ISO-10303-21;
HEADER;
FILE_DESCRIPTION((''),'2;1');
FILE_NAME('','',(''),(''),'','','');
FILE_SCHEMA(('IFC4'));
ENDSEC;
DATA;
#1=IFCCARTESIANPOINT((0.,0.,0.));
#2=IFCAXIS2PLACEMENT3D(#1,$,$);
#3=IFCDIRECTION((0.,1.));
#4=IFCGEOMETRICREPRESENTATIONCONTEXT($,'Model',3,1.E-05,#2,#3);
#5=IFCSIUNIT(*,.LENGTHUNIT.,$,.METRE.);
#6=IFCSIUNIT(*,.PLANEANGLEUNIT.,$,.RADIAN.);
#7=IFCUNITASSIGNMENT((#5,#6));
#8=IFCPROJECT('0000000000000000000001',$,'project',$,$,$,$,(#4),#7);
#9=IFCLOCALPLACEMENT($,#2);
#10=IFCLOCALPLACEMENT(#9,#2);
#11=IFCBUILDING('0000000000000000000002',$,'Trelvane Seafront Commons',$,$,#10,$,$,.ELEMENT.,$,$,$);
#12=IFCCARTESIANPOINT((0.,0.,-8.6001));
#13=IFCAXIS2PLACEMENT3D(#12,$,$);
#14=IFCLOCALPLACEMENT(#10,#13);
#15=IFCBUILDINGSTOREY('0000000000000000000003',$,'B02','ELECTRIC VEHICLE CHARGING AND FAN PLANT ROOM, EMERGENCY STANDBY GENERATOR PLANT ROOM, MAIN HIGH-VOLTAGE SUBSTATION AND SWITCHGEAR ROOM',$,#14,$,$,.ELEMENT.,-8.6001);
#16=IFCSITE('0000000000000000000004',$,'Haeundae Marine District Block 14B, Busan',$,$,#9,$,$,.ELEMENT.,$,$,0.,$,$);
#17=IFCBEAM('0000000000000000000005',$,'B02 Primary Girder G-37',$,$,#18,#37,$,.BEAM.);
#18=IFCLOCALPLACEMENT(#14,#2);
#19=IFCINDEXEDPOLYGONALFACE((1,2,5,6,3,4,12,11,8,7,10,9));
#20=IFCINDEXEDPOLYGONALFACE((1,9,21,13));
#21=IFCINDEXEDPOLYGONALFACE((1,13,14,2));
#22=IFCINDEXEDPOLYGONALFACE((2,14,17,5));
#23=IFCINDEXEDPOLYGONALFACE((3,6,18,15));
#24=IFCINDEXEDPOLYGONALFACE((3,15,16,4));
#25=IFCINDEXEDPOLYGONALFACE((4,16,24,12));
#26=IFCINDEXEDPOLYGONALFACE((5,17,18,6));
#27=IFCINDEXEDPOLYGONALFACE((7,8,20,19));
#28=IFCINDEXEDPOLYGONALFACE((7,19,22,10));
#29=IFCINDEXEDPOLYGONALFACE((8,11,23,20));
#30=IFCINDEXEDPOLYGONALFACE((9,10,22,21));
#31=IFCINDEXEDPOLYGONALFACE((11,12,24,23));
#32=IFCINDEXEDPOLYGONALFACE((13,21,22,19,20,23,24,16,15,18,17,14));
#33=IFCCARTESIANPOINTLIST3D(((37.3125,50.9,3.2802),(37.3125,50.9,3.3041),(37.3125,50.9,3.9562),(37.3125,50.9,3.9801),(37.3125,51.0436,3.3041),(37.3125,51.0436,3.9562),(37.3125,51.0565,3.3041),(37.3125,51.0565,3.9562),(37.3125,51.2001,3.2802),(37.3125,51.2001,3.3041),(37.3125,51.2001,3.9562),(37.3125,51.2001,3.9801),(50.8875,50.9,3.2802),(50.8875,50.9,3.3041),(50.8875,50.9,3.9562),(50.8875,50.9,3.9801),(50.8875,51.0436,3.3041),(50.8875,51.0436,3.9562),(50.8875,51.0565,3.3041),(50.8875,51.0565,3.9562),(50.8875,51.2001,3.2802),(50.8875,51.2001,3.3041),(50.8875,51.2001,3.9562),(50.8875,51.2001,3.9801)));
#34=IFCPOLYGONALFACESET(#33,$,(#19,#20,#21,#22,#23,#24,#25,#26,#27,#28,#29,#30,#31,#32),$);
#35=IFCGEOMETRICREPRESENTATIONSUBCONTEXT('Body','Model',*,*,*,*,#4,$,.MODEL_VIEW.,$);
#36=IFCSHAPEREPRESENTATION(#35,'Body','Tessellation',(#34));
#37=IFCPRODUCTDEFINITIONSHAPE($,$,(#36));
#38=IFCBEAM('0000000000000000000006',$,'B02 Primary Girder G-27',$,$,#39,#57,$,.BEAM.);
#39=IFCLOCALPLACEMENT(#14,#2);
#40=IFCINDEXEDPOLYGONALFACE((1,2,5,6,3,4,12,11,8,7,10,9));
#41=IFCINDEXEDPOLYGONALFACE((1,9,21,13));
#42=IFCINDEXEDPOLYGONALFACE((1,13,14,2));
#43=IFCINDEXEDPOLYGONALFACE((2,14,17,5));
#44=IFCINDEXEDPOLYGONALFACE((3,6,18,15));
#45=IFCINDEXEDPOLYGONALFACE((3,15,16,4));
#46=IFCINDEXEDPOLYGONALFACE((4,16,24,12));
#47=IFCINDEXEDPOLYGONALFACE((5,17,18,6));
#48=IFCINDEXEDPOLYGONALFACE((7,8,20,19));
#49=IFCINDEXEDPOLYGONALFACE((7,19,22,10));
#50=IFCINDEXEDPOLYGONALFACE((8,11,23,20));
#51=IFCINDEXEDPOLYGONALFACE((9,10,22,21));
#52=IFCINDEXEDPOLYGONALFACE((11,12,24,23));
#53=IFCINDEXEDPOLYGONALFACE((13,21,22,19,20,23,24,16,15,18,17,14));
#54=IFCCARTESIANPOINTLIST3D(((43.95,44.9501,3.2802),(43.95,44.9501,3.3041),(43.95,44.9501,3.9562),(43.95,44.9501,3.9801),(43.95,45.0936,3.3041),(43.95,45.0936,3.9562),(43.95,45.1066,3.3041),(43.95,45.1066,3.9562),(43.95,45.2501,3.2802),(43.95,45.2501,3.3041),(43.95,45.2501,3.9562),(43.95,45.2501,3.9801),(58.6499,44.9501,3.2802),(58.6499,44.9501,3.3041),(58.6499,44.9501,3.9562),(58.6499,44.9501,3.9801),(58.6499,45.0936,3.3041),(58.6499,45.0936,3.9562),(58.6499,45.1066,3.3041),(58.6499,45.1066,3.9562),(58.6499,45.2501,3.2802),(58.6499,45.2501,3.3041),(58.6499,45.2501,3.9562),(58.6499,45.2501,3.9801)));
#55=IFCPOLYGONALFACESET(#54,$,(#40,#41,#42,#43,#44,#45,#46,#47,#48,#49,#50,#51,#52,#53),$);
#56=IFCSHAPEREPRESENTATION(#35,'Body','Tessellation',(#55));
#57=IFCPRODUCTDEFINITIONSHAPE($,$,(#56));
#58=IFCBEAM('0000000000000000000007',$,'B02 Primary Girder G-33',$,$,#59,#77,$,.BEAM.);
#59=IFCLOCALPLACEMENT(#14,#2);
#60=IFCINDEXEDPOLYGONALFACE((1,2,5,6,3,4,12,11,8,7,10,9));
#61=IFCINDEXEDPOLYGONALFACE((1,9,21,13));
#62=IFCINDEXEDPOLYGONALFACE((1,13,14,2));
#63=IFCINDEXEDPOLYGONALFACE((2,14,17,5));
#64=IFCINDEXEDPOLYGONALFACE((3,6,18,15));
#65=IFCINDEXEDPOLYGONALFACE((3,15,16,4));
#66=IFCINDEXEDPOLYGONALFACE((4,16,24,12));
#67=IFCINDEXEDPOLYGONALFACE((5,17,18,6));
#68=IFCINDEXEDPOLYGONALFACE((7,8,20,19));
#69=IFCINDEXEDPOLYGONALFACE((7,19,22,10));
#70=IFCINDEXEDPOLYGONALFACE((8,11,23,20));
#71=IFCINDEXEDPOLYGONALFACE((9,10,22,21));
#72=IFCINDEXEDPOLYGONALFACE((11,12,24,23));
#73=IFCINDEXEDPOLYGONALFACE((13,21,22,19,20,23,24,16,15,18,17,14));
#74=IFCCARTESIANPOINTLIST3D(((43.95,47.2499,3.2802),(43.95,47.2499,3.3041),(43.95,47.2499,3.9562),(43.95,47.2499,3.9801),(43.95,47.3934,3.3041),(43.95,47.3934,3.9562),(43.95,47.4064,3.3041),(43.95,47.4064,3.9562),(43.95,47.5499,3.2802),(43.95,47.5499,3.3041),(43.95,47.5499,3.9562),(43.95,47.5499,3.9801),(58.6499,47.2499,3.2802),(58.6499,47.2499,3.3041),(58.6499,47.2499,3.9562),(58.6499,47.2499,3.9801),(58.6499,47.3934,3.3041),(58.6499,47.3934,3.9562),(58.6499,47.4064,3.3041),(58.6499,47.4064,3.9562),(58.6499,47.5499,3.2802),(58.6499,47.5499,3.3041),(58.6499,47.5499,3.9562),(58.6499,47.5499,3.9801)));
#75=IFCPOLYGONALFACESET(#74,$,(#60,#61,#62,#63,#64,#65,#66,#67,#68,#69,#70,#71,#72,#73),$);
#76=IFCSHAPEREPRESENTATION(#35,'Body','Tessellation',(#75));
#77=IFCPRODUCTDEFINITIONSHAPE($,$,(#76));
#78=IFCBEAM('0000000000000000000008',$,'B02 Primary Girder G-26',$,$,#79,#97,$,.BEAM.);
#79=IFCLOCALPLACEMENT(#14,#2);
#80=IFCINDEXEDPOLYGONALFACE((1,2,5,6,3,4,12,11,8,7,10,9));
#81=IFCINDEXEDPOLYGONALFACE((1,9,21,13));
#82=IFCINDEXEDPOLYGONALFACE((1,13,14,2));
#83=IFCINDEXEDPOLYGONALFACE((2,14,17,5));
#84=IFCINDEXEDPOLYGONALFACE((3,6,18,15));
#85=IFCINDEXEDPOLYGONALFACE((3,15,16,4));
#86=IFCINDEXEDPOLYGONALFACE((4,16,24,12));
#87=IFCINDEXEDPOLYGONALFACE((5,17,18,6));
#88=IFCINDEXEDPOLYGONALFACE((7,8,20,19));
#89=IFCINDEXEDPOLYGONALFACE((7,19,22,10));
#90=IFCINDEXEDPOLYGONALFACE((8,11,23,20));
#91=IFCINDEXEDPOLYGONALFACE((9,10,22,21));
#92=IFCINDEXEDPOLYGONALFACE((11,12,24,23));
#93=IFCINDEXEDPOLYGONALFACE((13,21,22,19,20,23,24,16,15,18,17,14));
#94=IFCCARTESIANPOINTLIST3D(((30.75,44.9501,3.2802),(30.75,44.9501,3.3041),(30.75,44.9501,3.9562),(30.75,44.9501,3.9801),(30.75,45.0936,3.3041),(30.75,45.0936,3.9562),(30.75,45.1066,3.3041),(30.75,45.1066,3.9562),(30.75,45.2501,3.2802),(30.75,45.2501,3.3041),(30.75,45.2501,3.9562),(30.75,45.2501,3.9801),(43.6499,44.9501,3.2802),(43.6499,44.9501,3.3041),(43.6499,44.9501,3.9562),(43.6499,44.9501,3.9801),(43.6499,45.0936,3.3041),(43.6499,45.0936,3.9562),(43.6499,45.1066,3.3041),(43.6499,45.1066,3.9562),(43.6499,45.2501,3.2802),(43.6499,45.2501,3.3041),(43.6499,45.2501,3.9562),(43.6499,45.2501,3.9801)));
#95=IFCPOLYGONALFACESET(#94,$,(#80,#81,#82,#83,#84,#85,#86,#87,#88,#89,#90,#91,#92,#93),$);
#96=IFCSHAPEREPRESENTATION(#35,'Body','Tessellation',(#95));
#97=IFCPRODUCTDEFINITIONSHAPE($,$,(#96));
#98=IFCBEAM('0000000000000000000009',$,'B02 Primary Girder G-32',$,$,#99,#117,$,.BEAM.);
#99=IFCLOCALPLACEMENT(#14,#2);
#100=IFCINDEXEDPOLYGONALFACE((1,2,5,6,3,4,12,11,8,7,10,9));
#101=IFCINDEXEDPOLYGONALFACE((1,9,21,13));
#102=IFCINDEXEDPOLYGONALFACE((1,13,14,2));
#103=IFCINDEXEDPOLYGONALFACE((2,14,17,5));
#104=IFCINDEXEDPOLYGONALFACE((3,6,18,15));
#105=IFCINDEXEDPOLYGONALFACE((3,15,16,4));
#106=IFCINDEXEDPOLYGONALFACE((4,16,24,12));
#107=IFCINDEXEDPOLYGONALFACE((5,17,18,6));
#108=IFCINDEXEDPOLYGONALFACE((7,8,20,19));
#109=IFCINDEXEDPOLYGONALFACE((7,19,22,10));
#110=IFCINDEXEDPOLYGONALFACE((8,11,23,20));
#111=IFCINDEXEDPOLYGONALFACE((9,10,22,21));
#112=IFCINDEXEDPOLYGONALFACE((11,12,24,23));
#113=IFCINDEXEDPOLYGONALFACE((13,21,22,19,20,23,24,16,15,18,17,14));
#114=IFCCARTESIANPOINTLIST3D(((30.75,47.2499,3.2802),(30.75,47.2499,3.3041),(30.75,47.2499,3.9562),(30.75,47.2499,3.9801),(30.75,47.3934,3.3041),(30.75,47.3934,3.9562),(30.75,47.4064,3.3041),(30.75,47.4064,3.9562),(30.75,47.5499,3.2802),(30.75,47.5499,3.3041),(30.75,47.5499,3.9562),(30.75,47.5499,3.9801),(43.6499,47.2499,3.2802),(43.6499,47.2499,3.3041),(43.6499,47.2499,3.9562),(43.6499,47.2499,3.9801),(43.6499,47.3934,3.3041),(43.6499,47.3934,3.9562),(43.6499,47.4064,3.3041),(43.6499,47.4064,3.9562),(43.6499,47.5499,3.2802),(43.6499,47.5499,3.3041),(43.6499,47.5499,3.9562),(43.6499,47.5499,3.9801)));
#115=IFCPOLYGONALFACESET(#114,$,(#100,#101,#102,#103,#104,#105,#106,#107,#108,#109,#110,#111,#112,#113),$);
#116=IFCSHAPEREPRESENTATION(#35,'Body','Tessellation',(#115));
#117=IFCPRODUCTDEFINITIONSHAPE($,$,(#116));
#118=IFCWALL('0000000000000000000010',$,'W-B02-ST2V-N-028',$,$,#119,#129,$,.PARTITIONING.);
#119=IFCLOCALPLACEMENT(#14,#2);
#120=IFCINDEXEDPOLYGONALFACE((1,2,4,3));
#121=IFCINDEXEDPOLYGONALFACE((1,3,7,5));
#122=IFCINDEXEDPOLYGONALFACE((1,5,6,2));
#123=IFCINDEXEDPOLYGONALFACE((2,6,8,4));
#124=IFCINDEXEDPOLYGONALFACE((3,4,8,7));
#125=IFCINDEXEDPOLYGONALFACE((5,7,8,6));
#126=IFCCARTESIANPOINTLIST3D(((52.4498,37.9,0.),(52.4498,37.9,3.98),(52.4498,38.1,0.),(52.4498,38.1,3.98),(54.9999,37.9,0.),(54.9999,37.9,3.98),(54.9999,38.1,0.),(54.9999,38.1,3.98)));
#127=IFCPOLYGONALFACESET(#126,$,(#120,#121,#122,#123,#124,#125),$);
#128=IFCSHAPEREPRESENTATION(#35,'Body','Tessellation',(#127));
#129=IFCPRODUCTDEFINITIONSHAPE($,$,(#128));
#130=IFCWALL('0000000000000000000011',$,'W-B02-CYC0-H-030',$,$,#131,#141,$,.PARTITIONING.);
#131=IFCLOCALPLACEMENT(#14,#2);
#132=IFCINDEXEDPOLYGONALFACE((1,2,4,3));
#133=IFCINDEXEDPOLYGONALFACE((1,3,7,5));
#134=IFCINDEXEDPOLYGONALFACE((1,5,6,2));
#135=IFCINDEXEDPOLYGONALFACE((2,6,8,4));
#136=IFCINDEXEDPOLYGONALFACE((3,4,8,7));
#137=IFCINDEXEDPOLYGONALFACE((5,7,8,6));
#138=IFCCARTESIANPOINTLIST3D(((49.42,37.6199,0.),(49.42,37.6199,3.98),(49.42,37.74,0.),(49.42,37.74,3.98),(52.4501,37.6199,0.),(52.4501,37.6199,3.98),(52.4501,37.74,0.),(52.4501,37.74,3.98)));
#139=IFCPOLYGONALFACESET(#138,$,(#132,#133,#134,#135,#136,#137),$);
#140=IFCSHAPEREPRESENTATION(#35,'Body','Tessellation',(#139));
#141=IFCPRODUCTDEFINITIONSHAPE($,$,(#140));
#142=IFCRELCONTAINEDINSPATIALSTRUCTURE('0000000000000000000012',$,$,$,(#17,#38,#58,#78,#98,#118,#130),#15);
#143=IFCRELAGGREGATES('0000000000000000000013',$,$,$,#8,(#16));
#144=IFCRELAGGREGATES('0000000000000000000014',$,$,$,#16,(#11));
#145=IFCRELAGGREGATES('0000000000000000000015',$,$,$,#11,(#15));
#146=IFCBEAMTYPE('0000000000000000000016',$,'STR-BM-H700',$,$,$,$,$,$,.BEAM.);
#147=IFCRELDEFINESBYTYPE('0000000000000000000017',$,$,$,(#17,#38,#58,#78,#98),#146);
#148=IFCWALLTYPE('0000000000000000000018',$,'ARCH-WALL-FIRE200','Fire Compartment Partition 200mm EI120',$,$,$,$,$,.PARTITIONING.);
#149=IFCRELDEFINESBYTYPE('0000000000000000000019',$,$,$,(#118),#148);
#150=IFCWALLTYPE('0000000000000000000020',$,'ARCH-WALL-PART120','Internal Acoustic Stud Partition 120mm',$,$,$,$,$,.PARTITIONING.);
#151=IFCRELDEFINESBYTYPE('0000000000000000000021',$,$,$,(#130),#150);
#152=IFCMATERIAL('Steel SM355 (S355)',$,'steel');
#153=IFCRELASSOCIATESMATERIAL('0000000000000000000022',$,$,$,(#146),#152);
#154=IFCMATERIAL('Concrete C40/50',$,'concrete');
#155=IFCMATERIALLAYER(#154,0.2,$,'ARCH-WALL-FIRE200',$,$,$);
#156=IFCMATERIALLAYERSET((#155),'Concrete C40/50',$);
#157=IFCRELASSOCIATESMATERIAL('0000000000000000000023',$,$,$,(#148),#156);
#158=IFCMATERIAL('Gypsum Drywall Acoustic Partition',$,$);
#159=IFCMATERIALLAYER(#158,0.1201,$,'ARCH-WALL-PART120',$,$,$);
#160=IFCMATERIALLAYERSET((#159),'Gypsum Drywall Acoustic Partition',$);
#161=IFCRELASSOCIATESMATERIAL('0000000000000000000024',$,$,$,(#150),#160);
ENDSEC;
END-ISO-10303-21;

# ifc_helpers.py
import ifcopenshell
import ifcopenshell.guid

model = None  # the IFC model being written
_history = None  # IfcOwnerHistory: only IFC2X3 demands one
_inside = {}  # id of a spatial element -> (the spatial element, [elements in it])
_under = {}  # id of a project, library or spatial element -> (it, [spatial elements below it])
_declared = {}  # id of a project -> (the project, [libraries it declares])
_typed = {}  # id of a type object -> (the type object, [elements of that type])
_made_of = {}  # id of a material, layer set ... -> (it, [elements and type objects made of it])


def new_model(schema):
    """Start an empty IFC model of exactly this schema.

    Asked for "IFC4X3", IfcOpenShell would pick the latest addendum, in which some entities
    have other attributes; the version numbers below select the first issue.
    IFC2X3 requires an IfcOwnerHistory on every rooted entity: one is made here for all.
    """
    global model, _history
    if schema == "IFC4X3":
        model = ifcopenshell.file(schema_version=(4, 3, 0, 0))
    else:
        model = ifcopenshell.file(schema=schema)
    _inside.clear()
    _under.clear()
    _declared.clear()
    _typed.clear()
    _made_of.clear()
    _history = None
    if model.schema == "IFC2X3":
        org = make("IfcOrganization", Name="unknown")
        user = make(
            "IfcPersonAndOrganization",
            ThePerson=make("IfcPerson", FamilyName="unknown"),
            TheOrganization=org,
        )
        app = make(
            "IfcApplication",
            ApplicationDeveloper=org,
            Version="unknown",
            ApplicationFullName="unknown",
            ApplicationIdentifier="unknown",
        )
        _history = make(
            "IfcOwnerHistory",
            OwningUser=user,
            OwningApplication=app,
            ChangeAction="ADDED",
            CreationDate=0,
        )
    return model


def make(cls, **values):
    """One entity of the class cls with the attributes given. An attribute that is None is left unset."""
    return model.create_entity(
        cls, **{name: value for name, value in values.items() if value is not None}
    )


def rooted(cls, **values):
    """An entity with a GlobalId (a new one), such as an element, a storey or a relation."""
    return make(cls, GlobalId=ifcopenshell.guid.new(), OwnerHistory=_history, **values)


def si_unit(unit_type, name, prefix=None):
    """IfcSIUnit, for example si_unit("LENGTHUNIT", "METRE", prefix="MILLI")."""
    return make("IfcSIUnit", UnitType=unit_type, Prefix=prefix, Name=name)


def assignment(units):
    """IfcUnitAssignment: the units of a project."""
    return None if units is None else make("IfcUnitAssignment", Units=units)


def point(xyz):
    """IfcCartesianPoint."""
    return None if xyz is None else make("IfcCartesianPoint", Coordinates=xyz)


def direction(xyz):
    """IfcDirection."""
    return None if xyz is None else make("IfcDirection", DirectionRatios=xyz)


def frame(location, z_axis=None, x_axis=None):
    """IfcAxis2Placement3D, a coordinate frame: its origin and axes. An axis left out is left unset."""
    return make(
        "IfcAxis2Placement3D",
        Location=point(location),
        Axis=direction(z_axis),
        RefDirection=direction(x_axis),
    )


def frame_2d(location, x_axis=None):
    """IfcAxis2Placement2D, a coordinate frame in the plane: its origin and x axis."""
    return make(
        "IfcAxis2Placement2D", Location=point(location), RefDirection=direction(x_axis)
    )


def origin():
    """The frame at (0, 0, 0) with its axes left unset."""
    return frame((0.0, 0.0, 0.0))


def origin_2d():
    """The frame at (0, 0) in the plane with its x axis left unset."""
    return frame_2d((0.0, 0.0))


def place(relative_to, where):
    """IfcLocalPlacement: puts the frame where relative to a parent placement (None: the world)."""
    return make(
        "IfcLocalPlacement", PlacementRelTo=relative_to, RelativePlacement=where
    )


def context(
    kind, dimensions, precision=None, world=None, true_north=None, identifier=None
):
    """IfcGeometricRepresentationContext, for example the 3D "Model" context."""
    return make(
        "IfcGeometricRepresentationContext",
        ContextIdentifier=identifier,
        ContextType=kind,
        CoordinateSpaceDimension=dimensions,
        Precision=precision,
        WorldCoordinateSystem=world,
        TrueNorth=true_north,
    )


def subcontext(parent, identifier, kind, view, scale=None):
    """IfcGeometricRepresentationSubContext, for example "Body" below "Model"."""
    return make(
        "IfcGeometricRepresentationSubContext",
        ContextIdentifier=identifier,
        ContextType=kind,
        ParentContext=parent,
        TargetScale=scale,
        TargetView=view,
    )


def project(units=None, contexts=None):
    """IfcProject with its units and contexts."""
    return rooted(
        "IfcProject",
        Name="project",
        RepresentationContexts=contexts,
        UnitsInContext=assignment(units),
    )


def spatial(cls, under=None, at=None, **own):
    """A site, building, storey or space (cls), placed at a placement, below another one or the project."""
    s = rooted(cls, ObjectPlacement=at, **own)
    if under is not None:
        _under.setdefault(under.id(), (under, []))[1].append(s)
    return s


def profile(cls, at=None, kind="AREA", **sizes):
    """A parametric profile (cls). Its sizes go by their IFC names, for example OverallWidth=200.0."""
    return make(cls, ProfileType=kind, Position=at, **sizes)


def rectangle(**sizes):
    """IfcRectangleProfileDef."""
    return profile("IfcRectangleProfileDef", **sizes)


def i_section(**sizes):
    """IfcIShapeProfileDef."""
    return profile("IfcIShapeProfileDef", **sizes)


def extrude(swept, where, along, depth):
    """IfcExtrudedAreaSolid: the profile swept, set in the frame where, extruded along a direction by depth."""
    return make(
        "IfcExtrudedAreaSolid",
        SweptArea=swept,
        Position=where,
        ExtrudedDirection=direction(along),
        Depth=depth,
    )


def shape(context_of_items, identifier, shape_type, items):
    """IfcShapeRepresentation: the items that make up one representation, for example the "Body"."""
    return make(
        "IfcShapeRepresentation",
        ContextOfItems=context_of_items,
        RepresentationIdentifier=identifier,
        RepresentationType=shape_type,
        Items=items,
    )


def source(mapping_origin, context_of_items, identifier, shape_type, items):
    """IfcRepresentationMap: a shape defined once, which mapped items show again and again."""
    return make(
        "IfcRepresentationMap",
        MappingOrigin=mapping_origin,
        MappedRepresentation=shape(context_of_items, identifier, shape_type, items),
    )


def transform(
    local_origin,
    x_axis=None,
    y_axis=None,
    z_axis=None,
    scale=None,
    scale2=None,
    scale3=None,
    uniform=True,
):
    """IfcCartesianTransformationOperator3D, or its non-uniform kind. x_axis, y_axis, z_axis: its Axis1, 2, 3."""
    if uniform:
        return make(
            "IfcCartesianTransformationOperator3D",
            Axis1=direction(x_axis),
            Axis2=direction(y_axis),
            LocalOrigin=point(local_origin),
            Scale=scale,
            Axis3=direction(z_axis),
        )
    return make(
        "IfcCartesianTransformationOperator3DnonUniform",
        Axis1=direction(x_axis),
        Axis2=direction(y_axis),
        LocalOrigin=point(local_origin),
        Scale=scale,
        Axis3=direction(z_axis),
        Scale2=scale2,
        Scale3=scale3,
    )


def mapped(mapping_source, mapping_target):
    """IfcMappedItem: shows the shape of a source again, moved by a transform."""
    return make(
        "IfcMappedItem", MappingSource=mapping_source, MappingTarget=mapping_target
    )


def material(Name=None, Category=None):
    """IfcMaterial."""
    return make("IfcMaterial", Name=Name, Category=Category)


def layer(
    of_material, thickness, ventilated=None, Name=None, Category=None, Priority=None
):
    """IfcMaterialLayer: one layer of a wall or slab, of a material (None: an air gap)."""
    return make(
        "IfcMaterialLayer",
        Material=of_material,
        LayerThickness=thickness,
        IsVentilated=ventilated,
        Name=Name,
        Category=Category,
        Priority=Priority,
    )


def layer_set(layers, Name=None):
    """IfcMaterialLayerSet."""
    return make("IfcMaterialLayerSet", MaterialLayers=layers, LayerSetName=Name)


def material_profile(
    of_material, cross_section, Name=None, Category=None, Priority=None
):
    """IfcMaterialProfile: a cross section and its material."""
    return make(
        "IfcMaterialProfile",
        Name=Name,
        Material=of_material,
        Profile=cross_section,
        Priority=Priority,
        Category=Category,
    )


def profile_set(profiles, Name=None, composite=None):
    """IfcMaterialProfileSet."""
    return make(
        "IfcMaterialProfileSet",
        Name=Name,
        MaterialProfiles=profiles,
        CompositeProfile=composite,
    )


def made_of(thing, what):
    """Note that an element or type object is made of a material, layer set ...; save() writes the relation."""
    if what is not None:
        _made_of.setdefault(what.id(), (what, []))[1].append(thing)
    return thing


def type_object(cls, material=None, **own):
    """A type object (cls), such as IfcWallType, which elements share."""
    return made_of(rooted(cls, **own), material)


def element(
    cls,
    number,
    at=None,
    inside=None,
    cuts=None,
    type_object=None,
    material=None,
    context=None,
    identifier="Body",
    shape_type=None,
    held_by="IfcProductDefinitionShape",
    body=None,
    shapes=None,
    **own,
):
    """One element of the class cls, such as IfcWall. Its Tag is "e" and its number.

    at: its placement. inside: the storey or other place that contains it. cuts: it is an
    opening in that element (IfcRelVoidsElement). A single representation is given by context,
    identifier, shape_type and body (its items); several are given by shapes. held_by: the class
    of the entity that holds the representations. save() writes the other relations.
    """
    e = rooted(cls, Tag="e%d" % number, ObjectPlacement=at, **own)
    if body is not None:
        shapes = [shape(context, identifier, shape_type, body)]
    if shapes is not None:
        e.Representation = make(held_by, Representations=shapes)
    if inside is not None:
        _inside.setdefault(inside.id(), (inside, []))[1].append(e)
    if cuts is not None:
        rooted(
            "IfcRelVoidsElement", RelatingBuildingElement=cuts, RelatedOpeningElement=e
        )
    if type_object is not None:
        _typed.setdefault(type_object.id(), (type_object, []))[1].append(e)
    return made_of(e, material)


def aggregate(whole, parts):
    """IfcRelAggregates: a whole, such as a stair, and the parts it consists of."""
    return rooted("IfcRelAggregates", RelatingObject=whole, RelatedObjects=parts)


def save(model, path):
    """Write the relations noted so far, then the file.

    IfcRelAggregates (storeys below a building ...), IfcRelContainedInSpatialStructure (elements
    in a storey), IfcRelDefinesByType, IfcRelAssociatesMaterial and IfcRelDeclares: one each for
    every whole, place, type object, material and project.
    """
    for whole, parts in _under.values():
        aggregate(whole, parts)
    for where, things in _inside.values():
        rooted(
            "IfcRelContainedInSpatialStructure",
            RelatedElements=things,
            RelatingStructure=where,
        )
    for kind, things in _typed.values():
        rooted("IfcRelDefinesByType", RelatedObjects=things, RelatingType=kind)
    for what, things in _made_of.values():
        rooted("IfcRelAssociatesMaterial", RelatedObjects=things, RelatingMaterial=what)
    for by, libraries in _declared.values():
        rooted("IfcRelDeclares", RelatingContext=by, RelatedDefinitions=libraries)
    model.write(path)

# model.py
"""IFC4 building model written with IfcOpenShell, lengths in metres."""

from ifc_helpers import new_model, si_unit, direction, frame, frame_2d, origin, origin_2d, place, context, subcontext, project, spatial, rectangle, i_section, extrude, source, transform, mapped, material, layer, layer_set, material_profile, profile_set, type_object, element, save


model = new_model("IFC4")

# Units and contexts
model_context = context("Model", 3, precision=1e-05, world=origin(), true_north=direction((0.0, 1.0)))
body_context = subcontext(model_context, "Body", "Model", "MODEL_VIEW")
ifc_project = project(units=[si_unit("LENGTHUNIT", "METRE"), si_unit("PLANEANGLEUNIT", "RADIAN")], contexts=[model_context])

# Site, building, storey
site_placement = place(None, origin())
site = spatial("IfcSite", under=ifc_project, at=site_placement, Name="Haeundae Marine District Block 14B, Busan", CompositionType="ELEMENT", RefElevation=0.0)
building_placement = place(site_placement, origin())
building = spatial("IfcBuilding", under=site, at=building_placement, Name="Trelvane Seafront Commons", CompositionType="ELEMENT")
storey_placement = place(building_placement, frame((0.0, 0.0, -8.6001)))
storey = spatial("IfcBuildingStorey", under=building, at=storey_placement, Name="B02", Description="ELECTRIC VEHICLE CHARGING AND FAN PLANT ROOM, EMERGENCY STANDBY GENERATOR PLANT ROOM, MAIN HIGH-VOLTAGE SUBSTATION AND SWITCHGEAR ROOM", CompositionType="ELEMENT", Elevation=-8.6001)

# Beams
ifc_material_1 = material(Name="Steel SM355 (S355)", Category="steel")
ifc_material_profile_1 = material_profile(ifc_material_1, i_section(OverallWidth=0.3, OverallDepth=0.7, WebThickness=0.0129, FlangeThickness=0.0239, at=origin_2d()), Name="H-700x300x13x24")
ifc_profile_set_1 = profile_set([ifc_material_profile_1], Name="Steel SM355 (S355)")
beam_type_1 = type_object("IfcBeamType", Name="STR-BM-H700", PredefinedType="BEAM", material=ifc_profile_set_1)
shared_shape_1 = source(origin(), body_context, "Body", "SweptSolid", [
    extrude(i_section(OverallWidth=0.3, OverallDepth=0.7, WebThickness=0.0129, FlangeThickness=0.0239, at=origin_2d()), origin(), (0.0, 0.0, 1.0), 13.575),
])
beam_1_placement = place(storey_placement, frame((37.3125, 51.05, 3.6301), z_axis=(1.0, 0.0, 0.0), x_axis=(0.0, 1.0, 0.0)))
element("IfcBeam", 1, at=beam_1_placement, inside=storey, type_object=beam_type_1, Name="B02 Primary Girder G-37", PredefinedType="BEAM", context=body_context, shape_type="MappedRepresentation", body=[
    mapped(shared_shape_1, transform((0.0, 0.0, 0.0), x_axis=(1.0, 0.0, 0.0), y_axis=(0.0, 1.0, 0.0), z_axis=(0.0, 0.0, 1.0), scale=1.0)),
])
shared_shape_2 = source(origin(), body_context, "Body", "SweptSolid", [
    extrude(i_section(OverallWidth=0.3, OverallDepth=0.7, WebThickness=0.0129, FlangeThickness=0.0239, at=origin_2d()), origin(), (0.0, 0.0, 1.0), 14.7),
])
for number, where, z_axis, x_axis, name in (
    (2, (43.95, 45.1001, 3.6301), (1.0, 0.0, 0.0), (0.0, 1.0, 0.0), "B02 Primary Girder G-27"),
    (3, (43.95, 47.3999, 3.6301), (1.0, 0.0, 0.0), (0.0, 1.0, 0.0), "B02 Primary Girder G-33"),
):
    element("IfcBeam", number, at=place(storey_placement, frame(where, z_axis=z_axis, x_axis=x_axis)), inside=storey, type_object=beam_type_1, Name=name, PredefinedType="BEAM", context=body_context, shape_type="MappedRepresentation", body=[
        mapped(shared_shape_2, transform((0.0, 0.0, 0.0), x_axis=(1.0, 0.0, 0.0), y_axis=(0.0, 1.0, 0.0), z_axis=(0.0, 0.0, 1.0), scale=1.0)),
    ])
shared_shape_3 = source(origin(), body_context, "Body", "SweptSolid", [
    extrude(i_section(OverallWidth=0.3, OverallDepth=0.7, WebThickness=0.0129, FlangeThickness=0.0239, at=origin_2d()), origin(), (0.0, 0.0, 1.0), 12.8999),
])
for number, where, z_axis, x_axis, name in (
    (4, (30.75, 45.1001, 3.6301), (1.0, 0.0, 0.0), (0.0, 1.0, 0.0), "B02 Primary Girder G-26"),
    (5, (30.75, 47.3999, 3.6301), (1.0, 0.0, 0.0), (0.0, 1.0, 0.0), "B02 Primary Girder G-32"),
):
    element("IfcBeam", number, at=place(storey_placement, frame(where, z_axis=z_axis, x_axis=x_axis)), inside=storey, type_object=beam_type_1, Name=name, PredefinedType="BEAM", context=body_context, shape_type="MappedRepresentation", body=[
        mapped(shared_shape_3, transform((0.0, 0.0, 0.0), x_axis=(1.0, 0.0, 0.0), y_axis=(0.0, 1.0, 0.0), z_axis=(0.0, 0.0, 1.0), scale=1.0)),
    ])

# Walls
ifc_material_2 = material(Name="Concrete C40/50", Category="concrete")
ifc_layer_1 = layer(ifc_material_2, 0.2, Name="ARCH-WALL-FIRE200")
ifc_layer_set_1 = layer_set([ifc_layer_1], Name="Concrete C40/50")
wall_type_1 = type_object("IfcWallType", Name="ARCH-WALL-FIRE200", Description="Fire Compartment Partition 200mm EI120", PredefinedType="PARTITIONING", material=ifc_layer_set_1)
wall_1_placement = place(storey_placement, frame((52.45, 38.0, 0.0), z_axis=(0.0, 0.0, 1.0), x_axis=(1.0, 0.0, 0.0)))
element("IfcWall", 6, at=wall_1_placement, inside=storey, type_object=wall_type_1, Name="W-B02-ST2V-N-028", PredefinedType="PARTITIONING", context=body_context, shape_type="SweptSolid", body=[
    extrude(rectangle(XDim=2.55, YDim=0.2, at=frame_2d((1.2749, 0.0))), origin(), (0.0, 0.0, 1.0), 3.98),
])
ifc_material_3 = material(Name="Gypsum Drywall Acoustic Partition")
ifc_layer_2 = layer(ifc_material_3, 0.1201, Name="ARCH-WALL-PART120")
ifc_layer_set_2 = layer_set([ifc_layer_2], Name="Gypsum Drywall Acoustic Partition")
wall_type_2 = type_object("IfcWallType", Name="ARCH-WALL-PART120", Description="Internal Acoustic Stud Partition 120mm", PredefinedType="PARTITIONING", material=ifc_layer_set_2)
wall_2_placement = place(storey_placement, frame((49.4199, 37.6799, 0.0), z_axis=(0.0, 0.0, 1.0), x_axis=(1.0, 0.0, 0.0)))
element("IfcWall", 7, at=wall_2_placement, inside=storey, type_object=wall_type_2, Name="W-B02-CYC0-H-030", PredefinedType="PARTITIONING", context=body_context, shape_type="SweptSolid", body=[
    extrude(rectangle(XDim=3.03, YDim=0.1201, at=frame_2d((1.5151, 0.0))), origin(), (0.0, 0.0, 1.0), 3.98),
])

save(model, "model.ifc")
